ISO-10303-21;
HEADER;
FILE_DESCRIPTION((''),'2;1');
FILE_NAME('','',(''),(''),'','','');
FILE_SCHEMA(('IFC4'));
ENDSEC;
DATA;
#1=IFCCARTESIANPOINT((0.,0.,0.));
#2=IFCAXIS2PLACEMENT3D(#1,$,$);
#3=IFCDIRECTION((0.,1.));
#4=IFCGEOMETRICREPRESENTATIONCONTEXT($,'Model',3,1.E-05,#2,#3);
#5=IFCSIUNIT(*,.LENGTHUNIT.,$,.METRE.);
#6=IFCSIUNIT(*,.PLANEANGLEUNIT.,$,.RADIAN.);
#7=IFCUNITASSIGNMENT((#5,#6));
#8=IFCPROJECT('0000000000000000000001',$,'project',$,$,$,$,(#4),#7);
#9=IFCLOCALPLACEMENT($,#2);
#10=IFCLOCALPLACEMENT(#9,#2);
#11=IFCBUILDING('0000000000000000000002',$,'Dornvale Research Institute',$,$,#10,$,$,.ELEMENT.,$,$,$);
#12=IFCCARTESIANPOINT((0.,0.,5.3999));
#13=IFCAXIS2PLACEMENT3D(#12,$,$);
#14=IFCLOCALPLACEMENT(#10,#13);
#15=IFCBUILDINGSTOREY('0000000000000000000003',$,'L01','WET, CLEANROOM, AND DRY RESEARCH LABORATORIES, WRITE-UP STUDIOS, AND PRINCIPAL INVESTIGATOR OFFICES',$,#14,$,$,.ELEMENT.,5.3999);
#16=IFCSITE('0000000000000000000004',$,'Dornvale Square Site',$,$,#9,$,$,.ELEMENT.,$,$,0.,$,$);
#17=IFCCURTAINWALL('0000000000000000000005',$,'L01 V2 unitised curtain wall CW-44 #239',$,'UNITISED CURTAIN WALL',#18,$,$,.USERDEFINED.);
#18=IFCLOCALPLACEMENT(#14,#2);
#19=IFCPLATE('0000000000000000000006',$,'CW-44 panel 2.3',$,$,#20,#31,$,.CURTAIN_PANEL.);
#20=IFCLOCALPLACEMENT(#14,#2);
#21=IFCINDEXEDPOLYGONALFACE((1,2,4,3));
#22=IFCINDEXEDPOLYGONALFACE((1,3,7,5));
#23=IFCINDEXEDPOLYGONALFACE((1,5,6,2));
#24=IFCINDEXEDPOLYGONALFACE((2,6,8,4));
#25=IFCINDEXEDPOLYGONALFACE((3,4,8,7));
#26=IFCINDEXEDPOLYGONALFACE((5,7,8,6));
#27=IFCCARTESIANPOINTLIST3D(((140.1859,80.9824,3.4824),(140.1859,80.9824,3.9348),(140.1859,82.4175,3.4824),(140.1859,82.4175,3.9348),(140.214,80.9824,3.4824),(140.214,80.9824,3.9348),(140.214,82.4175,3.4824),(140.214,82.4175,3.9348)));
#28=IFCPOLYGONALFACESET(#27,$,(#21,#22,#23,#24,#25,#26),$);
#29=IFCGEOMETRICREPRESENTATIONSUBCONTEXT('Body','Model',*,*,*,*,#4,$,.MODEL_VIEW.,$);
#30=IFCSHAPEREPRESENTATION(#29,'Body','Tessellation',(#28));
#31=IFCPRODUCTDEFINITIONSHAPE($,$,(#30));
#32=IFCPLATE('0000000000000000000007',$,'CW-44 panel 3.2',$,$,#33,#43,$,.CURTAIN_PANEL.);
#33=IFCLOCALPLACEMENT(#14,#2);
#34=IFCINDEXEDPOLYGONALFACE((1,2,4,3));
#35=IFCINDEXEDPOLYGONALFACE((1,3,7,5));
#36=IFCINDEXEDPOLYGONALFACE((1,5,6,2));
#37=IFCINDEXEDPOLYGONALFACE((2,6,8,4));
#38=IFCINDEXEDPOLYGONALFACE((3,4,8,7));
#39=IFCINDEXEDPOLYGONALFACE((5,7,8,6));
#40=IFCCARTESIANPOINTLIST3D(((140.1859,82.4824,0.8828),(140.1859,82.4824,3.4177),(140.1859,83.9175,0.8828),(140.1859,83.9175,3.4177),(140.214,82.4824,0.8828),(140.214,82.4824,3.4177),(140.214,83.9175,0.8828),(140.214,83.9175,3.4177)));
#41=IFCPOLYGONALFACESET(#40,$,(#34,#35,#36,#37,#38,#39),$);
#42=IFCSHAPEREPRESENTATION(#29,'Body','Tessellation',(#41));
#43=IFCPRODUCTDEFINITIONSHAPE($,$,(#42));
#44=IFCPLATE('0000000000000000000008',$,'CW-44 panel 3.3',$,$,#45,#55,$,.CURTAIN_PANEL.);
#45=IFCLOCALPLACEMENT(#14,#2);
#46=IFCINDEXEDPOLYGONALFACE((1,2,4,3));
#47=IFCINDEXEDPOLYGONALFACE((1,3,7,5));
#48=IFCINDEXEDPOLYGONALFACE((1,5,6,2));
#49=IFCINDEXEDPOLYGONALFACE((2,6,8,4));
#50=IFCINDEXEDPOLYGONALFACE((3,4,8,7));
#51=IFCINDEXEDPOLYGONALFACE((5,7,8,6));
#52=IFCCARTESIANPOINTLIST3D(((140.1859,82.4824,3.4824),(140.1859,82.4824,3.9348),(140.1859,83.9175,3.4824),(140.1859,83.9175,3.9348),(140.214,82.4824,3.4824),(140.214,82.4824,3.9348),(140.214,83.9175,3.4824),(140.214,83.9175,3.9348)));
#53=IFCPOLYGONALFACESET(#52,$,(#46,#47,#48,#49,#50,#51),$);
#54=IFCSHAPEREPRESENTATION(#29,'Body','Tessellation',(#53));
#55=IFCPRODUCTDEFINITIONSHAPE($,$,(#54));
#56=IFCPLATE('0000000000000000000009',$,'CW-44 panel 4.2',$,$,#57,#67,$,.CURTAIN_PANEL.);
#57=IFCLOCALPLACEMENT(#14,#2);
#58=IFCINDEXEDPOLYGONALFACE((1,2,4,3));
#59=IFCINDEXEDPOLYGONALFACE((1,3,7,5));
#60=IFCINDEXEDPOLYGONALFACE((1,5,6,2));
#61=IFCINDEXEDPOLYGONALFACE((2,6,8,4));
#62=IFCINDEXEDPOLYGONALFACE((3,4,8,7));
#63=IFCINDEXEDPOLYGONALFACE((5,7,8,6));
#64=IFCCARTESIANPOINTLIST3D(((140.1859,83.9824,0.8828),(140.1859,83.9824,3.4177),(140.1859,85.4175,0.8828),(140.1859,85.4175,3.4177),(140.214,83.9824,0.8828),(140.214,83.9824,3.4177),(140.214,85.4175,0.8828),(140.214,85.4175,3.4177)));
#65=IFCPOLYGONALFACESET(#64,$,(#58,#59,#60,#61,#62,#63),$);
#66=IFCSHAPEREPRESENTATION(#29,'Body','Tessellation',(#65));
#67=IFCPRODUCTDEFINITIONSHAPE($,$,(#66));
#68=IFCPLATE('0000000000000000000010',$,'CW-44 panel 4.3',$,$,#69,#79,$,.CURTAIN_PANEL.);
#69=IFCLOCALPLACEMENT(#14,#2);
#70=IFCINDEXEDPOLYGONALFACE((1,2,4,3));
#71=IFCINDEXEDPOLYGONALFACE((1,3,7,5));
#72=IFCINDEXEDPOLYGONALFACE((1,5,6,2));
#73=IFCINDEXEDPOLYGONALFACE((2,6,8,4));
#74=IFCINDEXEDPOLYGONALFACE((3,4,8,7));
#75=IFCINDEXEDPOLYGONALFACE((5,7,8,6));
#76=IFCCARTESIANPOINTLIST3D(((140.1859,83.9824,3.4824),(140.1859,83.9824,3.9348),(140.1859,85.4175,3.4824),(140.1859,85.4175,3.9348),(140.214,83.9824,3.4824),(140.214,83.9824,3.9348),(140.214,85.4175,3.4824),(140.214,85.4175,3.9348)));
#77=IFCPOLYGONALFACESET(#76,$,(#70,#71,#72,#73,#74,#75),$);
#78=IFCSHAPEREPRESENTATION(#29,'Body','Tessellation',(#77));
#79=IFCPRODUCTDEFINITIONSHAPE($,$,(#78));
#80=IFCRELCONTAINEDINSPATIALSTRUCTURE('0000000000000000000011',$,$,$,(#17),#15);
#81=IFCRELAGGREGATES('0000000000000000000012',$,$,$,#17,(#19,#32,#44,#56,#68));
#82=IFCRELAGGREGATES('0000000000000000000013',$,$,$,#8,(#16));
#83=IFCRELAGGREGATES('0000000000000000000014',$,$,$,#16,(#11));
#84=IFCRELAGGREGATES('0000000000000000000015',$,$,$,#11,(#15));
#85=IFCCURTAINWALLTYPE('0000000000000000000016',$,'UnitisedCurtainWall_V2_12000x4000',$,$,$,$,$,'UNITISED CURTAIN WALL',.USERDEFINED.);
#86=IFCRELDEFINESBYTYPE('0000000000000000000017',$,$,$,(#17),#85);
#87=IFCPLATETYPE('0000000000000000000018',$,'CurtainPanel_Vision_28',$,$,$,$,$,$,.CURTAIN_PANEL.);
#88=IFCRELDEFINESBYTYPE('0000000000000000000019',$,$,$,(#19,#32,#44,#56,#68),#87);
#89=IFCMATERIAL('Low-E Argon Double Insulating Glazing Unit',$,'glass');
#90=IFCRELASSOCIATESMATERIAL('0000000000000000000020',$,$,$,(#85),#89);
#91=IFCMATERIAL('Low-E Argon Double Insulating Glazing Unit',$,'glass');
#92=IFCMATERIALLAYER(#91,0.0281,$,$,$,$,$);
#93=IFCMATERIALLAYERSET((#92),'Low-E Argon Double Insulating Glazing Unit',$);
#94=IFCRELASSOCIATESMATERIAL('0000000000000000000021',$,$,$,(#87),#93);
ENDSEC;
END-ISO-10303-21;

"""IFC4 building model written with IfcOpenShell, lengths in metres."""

from ifc_helpers import new_model, si_unit, direction, frame, origin, origin_2d, place, context, subcontext, project, spatial, rectangle, extrude, material, layer, layer_set, type_object, element, aggregate, save


model = new_model("IFC4")

# Units and contexts
model_context = context("Model", 3, precision=1e-05, world=origin(), true_north=direction((0.0, 1.0)))
body_context = subcontext(model_context, "Body", "Model", "MODEL_VIEW")
ifc_project = project(units=[si_unit("LENGTHUNIT", "METRE"), si_unit("PLANEANGLEUNIT", "RADIAN")], contexts=[model_context])

# Site, building, storey
site_placement = place(None, origin())
site = spatial("IfcSite", under=ifc_project, at=site_placement, Name="Dornvale Square Site", CompositionType="ELEMENT", RefElevation=0.0)
building_placement = place(site_placement, origin())
building = spatial("IfcBuilding", under=site, at=building_placement, Name="Dornvale Research Institute", CompositionType="ELEMENT")
storey_placement = place(building_placement, frame((0.0, 0.0, 5.3999)))
storey = spatial("IfcBuildingStorey", under=building, at=storey_placement, Name="L01", Description="WET, CLEANROOM, AND DRY RESEARCH LABORATORIES, WRITE-UP STUDIOS, AND PRINCIPAL INVESTIGATOR OFFICES", CompositionType="ELEMENT", Elevation=5.3999)

# Curtain wall, plates
ifc_material_1 = material(Name="Low-E Argon Double Insulating Glazing Unit", Category="glass")
curtain_wall_type = type_object("IfcCurtainWallType", Name="UnitisedCurtainWall_V2_12000x4000", ElementType="UNITISED CURTAIN WALL", PredefinedType="USERDEFINED", material=ifc_material_1)
curtain_wall_placement = place(storey_placement, origin())
curtain_wall = element("IfcCurtainWall", 1, at=curtain_wall_placement, inside=storey, type_object=curtain_wall_type, Name="L01 V2 unitised curtain wall CW-44 #239", ObjectType="UNITISED CURTAIN WALL", PredefinedType="USERDEFINED")
ifc_material_2 = material(Name="Low-E Argon Double Insulating Glazing Unit", Category="glass")
ifc_layer_1 = layer(ifc_material_2, 0.0281)
ifc_layer_set_1 = layer_set([ifc_layer_1], Name="Low-E Argon Double Insulating Glazing Unit")
plate_type_1 = type_object("IfcPlateType", Name="CurtainPanel_Vision_28", PredefinedType="CURTAIN_PANEL", material=ifc_layer_set_1)
plate_1_placement = place(storey_placement, frame((140.2, 81.7, 3.4824), z_axis=(0.0, 0.0, 1.0), x_axis=(0.0, 1.0, 0.0)))
plate_1 = element("IfcPlate", 2, at=plate_1_placement, type_object=plate_type_1, Name="CW-44 panel 2.3", PredefinedType="CURTAIN_PANEL", context=body_context, shape_type="SweptSolid", body=[
    extrude(rectangle(XDim=1.4351, YDim=0.0281, at=origin_2d()), origin(), (0.0, 0.0, 1.0), 0.4524),
])
plate_2_placement = place(storey_placement, frame((140.2, 83.2, 0.8828), z_axis=(0.0, 0.0, 1.0), x_axis=(0.0, 1.0, 0.0)))
plate_2 = element("IfcPlate", 3, at=plate_2_placement, type_object=plate_type_1, Name="CW-44 panel 3.2", PredefinedType="CURTAIN_PANEL", context=body_context, shape_type="SweptSolid", body=[
    extrude(rectangle(XDim=1.4351, YDim=0.0281, at=origin_2d()), origin(), (0.0, 0.0, 1.0), 2.5349),
])
plate_3_placement = place(storey_placement, frame((140.2, 83.2, 3.4824), z_axis=(0.0, 0.0, 1.0), x_axis=(0.0, 1.0, 0.0)))
plate_3 = element("IfcPlate", 4, at=plate_3_placement, type_object=plate_type_1, Name="CW-44 panel 3.3", PredefinedType="CURTAIN_PANEL", context=body_context, shape_type="SweptSolid", body=[
    extrude(rectangle(XDim=1.4351, YDim=0.0281, at=origin_2d()), origin(), (0.0, 0.0, 1.0), 0.4524),
])
plate_4_placement = place(storey_placement, frame((140.2, 84.7, 0.8828), z_axis=(0.0, 0.0, 1.0), x_axis=(0.0, 1.0, 0.0)))
plate_4 = element("IfcPlate", 5, at=plate_4_placement, type_object=plate_type_1, Name="CW-44 panel 4.2", PredefinedType="CURTAIN_PANEL", context=body_context, shape_type="SweptSolid", body=[
    extrude(rectangle(XDim=1.4351, YDim=0.0281, at=origin_2d()), origin(), (0.0, 0.0, 1.0), 2.5349),
])
plate_5_placement = place(storey_placement, frame((140.2, 84.7, 3.4824), z_axis=(0.0, 0.0, 1.0), x_axis=(0.0, 1.0, 0.0)))
plate_5 = element("IfcPlate", 6, at=plate_5_placement, type_object=plate_type_1, Name="CW-44 panel 4.3", PredefinedType="CURTAIN_PANEL", context=body_context, shape_type="SweptSolid", body=[
    extrude(rectangle(XDim=1.4351, YDim=0.0281, at=origin_2d()), origin(), (0.0, 0.0, 1.0), 0.4524),
])
aggregate(curtain_wall, [plate_1, plate_2, plate_3, plate_4, plate_5])

save(model, "model.ifc")
